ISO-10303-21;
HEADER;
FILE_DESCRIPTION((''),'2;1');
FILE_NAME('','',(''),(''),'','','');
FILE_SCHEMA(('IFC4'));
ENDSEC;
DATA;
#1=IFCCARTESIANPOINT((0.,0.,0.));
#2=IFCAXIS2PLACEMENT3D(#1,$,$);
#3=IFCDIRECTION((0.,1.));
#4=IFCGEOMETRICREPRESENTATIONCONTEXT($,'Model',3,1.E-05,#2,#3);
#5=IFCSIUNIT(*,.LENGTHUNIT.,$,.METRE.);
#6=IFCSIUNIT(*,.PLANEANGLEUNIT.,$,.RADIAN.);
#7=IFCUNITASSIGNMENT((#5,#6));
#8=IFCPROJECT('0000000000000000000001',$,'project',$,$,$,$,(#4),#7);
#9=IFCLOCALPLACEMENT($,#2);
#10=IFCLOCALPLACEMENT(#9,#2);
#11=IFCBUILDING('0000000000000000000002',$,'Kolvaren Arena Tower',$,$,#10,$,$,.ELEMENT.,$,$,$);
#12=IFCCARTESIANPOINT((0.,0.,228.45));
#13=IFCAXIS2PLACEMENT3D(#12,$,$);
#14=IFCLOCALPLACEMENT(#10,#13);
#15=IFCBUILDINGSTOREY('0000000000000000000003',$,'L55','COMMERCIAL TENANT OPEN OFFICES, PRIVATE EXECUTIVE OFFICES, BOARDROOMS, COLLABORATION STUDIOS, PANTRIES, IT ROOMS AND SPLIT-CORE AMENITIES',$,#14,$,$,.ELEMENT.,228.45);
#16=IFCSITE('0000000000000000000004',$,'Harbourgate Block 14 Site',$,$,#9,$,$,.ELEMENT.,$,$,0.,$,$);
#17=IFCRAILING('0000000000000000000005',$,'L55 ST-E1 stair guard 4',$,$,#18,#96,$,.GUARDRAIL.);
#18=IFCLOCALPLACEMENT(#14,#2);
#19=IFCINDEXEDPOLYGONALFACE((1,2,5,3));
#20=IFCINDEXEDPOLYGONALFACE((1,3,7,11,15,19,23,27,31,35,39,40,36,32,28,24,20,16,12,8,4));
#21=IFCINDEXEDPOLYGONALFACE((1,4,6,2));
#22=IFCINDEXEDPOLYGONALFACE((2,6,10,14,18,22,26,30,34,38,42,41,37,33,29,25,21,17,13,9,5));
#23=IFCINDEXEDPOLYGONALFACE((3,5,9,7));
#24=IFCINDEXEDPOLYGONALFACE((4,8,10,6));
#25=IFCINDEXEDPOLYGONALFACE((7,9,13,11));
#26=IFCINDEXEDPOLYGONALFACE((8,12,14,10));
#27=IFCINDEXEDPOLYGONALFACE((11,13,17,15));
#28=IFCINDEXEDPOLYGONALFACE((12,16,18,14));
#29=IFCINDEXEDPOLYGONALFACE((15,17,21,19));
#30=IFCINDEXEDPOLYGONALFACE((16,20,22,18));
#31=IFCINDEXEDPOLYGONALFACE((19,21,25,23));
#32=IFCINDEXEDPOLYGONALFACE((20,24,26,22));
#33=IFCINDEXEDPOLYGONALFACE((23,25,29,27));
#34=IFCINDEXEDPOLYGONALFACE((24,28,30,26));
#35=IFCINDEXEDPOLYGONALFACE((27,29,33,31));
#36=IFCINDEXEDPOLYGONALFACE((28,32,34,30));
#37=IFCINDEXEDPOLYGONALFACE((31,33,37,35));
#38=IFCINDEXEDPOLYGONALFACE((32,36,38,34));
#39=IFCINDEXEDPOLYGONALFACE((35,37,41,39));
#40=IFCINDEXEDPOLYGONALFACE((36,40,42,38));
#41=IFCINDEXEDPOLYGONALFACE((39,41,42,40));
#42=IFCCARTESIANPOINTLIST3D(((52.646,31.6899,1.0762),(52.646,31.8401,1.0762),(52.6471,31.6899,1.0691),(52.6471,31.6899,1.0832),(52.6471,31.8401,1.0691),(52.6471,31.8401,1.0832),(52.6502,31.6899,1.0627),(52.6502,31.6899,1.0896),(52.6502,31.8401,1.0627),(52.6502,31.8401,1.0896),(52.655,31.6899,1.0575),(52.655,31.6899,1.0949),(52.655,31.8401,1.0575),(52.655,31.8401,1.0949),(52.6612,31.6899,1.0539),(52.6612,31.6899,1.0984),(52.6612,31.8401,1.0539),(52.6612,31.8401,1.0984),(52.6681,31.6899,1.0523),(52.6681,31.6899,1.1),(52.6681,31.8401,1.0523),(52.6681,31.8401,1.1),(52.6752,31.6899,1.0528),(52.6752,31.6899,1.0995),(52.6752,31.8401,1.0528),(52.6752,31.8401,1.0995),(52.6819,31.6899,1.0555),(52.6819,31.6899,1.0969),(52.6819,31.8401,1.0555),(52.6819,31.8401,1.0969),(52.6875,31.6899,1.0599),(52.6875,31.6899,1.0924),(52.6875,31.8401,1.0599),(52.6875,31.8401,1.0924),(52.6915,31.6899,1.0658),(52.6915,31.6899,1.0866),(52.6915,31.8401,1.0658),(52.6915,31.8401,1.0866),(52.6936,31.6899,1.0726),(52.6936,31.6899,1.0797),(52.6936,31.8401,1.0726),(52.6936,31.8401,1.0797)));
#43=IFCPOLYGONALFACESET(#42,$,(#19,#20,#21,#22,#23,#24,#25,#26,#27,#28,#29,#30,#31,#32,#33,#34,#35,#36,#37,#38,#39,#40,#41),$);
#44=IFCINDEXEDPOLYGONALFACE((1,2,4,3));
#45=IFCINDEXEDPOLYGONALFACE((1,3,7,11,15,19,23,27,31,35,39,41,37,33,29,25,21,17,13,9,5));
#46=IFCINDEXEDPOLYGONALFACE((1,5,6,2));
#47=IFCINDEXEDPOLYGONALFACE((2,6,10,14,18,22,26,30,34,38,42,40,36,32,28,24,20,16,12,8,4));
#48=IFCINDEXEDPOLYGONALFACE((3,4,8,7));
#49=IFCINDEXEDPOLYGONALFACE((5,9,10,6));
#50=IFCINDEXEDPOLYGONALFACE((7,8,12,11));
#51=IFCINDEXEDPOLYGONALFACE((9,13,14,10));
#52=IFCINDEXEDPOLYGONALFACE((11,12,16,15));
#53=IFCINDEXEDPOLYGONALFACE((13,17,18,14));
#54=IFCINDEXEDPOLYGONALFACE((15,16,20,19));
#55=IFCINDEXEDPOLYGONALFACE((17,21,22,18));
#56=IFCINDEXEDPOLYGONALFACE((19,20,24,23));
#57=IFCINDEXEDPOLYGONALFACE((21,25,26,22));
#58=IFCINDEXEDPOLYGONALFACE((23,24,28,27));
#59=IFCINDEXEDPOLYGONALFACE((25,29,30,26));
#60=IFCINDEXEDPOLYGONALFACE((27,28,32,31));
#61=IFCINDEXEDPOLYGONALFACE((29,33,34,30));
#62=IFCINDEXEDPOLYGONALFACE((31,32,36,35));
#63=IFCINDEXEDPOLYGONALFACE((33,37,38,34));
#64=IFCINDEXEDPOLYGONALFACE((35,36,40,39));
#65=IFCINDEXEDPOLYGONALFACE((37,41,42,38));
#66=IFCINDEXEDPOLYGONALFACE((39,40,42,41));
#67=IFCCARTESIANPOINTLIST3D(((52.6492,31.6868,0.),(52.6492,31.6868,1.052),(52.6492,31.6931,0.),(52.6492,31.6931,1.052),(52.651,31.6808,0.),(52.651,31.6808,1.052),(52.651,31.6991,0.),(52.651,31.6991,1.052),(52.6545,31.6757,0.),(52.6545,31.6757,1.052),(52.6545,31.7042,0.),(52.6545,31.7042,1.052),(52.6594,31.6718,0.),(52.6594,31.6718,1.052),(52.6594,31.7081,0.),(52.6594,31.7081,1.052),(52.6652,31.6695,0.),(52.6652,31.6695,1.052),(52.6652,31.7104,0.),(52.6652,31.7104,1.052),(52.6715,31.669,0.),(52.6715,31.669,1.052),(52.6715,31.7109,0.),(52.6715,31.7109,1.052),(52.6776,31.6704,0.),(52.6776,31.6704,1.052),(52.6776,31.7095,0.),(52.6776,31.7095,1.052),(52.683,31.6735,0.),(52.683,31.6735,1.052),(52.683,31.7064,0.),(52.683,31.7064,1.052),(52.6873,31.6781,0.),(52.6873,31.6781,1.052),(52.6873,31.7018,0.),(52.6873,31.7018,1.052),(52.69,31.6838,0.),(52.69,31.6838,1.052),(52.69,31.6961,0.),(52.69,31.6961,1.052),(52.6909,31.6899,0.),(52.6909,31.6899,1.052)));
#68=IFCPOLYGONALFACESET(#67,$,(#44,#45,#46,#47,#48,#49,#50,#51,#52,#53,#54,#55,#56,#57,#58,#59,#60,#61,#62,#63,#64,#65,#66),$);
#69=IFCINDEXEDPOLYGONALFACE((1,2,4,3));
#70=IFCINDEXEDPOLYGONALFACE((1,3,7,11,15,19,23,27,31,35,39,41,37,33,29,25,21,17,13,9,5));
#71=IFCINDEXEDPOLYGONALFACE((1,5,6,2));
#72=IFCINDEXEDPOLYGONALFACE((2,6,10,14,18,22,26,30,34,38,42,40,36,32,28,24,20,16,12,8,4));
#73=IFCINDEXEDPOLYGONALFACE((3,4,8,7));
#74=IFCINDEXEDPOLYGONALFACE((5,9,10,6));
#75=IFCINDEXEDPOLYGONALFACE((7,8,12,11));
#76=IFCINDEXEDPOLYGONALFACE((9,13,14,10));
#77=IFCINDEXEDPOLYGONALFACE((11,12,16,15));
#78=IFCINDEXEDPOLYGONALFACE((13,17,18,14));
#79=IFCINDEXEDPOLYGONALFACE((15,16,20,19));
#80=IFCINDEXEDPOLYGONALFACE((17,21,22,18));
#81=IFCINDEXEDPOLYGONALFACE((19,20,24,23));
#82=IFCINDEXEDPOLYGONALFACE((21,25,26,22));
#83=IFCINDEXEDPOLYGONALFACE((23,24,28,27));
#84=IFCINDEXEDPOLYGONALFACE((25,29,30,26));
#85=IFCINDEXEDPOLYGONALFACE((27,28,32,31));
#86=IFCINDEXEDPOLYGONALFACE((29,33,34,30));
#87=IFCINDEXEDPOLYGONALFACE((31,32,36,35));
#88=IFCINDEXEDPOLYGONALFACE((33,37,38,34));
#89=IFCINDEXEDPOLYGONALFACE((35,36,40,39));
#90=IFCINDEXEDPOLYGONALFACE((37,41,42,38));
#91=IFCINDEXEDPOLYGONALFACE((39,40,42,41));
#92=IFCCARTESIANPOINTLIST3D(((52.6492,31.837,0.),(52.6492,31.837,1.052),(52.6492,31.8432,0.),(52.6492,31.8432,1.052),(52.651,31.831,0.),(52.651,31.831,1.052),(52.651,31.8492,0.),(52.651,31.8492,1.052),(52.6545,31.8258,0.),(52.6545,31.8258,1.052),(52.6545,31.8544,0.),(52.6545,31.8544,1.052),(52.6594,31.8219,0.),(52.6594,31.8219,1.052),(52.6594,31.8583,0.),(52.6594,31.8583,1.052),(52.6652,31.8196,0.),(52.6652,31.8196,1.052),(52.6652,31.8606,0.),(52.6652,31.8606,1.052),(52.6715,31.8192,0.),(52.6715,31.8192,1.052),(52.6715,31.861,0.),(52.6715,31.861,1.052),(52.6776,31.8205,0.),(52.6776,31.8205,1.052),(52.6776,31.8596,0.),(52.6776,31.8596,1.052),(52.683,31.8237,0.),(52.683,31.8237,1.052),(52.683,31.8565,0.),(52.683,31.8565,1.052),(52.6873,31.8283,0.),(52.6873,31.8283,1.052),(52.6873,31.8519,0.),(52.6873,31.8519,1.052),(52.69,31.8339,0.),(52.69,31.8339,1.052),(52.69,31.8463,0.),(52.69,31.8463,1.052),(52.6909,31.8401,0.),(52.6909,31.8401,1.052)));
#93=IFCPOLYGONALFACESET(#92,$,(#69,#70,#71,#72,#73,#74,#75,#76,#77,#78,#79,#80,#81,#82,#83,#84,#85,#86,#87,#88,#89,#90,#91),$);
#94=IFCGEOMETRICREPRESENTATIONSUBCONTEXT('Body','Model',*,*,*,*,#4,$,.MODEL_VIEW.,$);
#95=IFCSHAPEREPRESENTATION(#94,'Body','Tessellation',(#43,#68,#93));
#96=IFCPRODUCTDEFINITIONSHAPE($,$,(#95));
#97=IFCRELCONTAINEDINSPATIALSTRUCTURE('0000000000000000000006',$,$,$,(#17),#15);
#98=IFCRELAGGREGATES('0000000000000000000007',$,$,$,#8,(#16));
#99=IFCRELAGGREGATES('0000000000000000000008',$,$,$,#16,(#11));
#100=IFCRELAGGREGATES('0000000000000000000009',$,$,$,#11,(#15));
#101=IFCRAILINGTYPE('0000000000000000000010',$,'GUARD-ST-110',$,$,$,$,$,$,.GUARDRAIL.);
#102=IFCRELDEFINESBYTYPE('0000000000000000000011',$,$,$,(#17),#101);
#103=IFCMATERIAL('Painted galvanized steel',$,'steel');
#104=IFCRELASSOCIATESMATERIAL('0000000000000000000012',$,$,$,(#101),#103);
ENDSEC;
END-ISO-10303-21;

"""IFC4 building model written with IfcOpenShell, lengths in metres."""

from ifc_helpers import new_model, si_unit, direction, frame, origin, origin_2d, place, context, subcontext, project, spatial, circle, extrude, material, type_object, element, save


model = new_model("IFC4")

# Units and contexts
model_context = context("Model", 3, precision=1e-05, world=origin(), true_north=direction((0.0, 1.0)))
body_context = subcontext(model_context, "Body", "Model", "MODEL_VIEW")
ifc_project = project(units=[si_unit("LENGTHUNIT", "METRE"), si_unit("PLANEANGLEUNIT", "RADIAN")], contexts=[model_context])

# Site, building, storey
site_placement = place(None, origin())
site = spatial("IfcSite", under=ifc_project, at=site_placement, Name="Harbourgate Block 14 Site", CompositionType="ELEMENT", RefElevation=0.0)
building_placement = place(site_placement, origin())
building = spatial("IfcBuilding", under=site, at=building_placement, Name="Kolvaren Arena Tower", CompositionType="ELEMENT")
storey_placement = place(building_placement, frame((0.0, 0.0, 228.45)))
storey = spatial("IfcBuildingStorey", under=building, at=storey_placement, Name="L55", Description="COMMERCIAL TENANT OPEN OFFICES, PRIVATE EXECUTIVE OFFICES, BOARDROOMS, COLLABORATION STUDIOS, PANTRIES, IT ROOMS AND SPLIT-CORE AMENITIES", CompositionType="ELEMENT", Elevation=228.45)

# Railing
ifc_material_1 = material(Name="Painted galvanized steel", Category="steel")
railing_type_1 = type_object("IfcRailingType", Name="GUARD-ST-110", PredefinedType="GUARDRAIL", material=ifc_material_1)
railing_1_placement = place(storey_placement, frame((52.6699, 31.6899, 0.0)))
element("IfcRailing", 1, at=railing_1_placement, inside=storey, type_object=railing_type_1, Name="L55 ST-E1 stair guard 4", PredefinedType="GUARDRAIL", context=body_context, shape_type="SweptSolid", body=[
    extrude(circle(Radius=0.0239, at=origin_2d()), frame((0.0, 0.0, 1.0762), z_axis=(0.0, 1.0, 0.0), x_axis=(-1.0, 0.0, 0.0)), (0.0, 0.0, 1.0), 0.1501),
    extrude(circle(Radius=0.021, at=origin_2d()), origin(), (0.0, 0.0, 1.0), 1.052),
    extrude(circle(Radius=0.021, at=origin_2d()), frame((0.0, 0.1501, 0.0)), (0.0, 0.0, 1.0), 1.052),
])

save(model, "model.ifc")
